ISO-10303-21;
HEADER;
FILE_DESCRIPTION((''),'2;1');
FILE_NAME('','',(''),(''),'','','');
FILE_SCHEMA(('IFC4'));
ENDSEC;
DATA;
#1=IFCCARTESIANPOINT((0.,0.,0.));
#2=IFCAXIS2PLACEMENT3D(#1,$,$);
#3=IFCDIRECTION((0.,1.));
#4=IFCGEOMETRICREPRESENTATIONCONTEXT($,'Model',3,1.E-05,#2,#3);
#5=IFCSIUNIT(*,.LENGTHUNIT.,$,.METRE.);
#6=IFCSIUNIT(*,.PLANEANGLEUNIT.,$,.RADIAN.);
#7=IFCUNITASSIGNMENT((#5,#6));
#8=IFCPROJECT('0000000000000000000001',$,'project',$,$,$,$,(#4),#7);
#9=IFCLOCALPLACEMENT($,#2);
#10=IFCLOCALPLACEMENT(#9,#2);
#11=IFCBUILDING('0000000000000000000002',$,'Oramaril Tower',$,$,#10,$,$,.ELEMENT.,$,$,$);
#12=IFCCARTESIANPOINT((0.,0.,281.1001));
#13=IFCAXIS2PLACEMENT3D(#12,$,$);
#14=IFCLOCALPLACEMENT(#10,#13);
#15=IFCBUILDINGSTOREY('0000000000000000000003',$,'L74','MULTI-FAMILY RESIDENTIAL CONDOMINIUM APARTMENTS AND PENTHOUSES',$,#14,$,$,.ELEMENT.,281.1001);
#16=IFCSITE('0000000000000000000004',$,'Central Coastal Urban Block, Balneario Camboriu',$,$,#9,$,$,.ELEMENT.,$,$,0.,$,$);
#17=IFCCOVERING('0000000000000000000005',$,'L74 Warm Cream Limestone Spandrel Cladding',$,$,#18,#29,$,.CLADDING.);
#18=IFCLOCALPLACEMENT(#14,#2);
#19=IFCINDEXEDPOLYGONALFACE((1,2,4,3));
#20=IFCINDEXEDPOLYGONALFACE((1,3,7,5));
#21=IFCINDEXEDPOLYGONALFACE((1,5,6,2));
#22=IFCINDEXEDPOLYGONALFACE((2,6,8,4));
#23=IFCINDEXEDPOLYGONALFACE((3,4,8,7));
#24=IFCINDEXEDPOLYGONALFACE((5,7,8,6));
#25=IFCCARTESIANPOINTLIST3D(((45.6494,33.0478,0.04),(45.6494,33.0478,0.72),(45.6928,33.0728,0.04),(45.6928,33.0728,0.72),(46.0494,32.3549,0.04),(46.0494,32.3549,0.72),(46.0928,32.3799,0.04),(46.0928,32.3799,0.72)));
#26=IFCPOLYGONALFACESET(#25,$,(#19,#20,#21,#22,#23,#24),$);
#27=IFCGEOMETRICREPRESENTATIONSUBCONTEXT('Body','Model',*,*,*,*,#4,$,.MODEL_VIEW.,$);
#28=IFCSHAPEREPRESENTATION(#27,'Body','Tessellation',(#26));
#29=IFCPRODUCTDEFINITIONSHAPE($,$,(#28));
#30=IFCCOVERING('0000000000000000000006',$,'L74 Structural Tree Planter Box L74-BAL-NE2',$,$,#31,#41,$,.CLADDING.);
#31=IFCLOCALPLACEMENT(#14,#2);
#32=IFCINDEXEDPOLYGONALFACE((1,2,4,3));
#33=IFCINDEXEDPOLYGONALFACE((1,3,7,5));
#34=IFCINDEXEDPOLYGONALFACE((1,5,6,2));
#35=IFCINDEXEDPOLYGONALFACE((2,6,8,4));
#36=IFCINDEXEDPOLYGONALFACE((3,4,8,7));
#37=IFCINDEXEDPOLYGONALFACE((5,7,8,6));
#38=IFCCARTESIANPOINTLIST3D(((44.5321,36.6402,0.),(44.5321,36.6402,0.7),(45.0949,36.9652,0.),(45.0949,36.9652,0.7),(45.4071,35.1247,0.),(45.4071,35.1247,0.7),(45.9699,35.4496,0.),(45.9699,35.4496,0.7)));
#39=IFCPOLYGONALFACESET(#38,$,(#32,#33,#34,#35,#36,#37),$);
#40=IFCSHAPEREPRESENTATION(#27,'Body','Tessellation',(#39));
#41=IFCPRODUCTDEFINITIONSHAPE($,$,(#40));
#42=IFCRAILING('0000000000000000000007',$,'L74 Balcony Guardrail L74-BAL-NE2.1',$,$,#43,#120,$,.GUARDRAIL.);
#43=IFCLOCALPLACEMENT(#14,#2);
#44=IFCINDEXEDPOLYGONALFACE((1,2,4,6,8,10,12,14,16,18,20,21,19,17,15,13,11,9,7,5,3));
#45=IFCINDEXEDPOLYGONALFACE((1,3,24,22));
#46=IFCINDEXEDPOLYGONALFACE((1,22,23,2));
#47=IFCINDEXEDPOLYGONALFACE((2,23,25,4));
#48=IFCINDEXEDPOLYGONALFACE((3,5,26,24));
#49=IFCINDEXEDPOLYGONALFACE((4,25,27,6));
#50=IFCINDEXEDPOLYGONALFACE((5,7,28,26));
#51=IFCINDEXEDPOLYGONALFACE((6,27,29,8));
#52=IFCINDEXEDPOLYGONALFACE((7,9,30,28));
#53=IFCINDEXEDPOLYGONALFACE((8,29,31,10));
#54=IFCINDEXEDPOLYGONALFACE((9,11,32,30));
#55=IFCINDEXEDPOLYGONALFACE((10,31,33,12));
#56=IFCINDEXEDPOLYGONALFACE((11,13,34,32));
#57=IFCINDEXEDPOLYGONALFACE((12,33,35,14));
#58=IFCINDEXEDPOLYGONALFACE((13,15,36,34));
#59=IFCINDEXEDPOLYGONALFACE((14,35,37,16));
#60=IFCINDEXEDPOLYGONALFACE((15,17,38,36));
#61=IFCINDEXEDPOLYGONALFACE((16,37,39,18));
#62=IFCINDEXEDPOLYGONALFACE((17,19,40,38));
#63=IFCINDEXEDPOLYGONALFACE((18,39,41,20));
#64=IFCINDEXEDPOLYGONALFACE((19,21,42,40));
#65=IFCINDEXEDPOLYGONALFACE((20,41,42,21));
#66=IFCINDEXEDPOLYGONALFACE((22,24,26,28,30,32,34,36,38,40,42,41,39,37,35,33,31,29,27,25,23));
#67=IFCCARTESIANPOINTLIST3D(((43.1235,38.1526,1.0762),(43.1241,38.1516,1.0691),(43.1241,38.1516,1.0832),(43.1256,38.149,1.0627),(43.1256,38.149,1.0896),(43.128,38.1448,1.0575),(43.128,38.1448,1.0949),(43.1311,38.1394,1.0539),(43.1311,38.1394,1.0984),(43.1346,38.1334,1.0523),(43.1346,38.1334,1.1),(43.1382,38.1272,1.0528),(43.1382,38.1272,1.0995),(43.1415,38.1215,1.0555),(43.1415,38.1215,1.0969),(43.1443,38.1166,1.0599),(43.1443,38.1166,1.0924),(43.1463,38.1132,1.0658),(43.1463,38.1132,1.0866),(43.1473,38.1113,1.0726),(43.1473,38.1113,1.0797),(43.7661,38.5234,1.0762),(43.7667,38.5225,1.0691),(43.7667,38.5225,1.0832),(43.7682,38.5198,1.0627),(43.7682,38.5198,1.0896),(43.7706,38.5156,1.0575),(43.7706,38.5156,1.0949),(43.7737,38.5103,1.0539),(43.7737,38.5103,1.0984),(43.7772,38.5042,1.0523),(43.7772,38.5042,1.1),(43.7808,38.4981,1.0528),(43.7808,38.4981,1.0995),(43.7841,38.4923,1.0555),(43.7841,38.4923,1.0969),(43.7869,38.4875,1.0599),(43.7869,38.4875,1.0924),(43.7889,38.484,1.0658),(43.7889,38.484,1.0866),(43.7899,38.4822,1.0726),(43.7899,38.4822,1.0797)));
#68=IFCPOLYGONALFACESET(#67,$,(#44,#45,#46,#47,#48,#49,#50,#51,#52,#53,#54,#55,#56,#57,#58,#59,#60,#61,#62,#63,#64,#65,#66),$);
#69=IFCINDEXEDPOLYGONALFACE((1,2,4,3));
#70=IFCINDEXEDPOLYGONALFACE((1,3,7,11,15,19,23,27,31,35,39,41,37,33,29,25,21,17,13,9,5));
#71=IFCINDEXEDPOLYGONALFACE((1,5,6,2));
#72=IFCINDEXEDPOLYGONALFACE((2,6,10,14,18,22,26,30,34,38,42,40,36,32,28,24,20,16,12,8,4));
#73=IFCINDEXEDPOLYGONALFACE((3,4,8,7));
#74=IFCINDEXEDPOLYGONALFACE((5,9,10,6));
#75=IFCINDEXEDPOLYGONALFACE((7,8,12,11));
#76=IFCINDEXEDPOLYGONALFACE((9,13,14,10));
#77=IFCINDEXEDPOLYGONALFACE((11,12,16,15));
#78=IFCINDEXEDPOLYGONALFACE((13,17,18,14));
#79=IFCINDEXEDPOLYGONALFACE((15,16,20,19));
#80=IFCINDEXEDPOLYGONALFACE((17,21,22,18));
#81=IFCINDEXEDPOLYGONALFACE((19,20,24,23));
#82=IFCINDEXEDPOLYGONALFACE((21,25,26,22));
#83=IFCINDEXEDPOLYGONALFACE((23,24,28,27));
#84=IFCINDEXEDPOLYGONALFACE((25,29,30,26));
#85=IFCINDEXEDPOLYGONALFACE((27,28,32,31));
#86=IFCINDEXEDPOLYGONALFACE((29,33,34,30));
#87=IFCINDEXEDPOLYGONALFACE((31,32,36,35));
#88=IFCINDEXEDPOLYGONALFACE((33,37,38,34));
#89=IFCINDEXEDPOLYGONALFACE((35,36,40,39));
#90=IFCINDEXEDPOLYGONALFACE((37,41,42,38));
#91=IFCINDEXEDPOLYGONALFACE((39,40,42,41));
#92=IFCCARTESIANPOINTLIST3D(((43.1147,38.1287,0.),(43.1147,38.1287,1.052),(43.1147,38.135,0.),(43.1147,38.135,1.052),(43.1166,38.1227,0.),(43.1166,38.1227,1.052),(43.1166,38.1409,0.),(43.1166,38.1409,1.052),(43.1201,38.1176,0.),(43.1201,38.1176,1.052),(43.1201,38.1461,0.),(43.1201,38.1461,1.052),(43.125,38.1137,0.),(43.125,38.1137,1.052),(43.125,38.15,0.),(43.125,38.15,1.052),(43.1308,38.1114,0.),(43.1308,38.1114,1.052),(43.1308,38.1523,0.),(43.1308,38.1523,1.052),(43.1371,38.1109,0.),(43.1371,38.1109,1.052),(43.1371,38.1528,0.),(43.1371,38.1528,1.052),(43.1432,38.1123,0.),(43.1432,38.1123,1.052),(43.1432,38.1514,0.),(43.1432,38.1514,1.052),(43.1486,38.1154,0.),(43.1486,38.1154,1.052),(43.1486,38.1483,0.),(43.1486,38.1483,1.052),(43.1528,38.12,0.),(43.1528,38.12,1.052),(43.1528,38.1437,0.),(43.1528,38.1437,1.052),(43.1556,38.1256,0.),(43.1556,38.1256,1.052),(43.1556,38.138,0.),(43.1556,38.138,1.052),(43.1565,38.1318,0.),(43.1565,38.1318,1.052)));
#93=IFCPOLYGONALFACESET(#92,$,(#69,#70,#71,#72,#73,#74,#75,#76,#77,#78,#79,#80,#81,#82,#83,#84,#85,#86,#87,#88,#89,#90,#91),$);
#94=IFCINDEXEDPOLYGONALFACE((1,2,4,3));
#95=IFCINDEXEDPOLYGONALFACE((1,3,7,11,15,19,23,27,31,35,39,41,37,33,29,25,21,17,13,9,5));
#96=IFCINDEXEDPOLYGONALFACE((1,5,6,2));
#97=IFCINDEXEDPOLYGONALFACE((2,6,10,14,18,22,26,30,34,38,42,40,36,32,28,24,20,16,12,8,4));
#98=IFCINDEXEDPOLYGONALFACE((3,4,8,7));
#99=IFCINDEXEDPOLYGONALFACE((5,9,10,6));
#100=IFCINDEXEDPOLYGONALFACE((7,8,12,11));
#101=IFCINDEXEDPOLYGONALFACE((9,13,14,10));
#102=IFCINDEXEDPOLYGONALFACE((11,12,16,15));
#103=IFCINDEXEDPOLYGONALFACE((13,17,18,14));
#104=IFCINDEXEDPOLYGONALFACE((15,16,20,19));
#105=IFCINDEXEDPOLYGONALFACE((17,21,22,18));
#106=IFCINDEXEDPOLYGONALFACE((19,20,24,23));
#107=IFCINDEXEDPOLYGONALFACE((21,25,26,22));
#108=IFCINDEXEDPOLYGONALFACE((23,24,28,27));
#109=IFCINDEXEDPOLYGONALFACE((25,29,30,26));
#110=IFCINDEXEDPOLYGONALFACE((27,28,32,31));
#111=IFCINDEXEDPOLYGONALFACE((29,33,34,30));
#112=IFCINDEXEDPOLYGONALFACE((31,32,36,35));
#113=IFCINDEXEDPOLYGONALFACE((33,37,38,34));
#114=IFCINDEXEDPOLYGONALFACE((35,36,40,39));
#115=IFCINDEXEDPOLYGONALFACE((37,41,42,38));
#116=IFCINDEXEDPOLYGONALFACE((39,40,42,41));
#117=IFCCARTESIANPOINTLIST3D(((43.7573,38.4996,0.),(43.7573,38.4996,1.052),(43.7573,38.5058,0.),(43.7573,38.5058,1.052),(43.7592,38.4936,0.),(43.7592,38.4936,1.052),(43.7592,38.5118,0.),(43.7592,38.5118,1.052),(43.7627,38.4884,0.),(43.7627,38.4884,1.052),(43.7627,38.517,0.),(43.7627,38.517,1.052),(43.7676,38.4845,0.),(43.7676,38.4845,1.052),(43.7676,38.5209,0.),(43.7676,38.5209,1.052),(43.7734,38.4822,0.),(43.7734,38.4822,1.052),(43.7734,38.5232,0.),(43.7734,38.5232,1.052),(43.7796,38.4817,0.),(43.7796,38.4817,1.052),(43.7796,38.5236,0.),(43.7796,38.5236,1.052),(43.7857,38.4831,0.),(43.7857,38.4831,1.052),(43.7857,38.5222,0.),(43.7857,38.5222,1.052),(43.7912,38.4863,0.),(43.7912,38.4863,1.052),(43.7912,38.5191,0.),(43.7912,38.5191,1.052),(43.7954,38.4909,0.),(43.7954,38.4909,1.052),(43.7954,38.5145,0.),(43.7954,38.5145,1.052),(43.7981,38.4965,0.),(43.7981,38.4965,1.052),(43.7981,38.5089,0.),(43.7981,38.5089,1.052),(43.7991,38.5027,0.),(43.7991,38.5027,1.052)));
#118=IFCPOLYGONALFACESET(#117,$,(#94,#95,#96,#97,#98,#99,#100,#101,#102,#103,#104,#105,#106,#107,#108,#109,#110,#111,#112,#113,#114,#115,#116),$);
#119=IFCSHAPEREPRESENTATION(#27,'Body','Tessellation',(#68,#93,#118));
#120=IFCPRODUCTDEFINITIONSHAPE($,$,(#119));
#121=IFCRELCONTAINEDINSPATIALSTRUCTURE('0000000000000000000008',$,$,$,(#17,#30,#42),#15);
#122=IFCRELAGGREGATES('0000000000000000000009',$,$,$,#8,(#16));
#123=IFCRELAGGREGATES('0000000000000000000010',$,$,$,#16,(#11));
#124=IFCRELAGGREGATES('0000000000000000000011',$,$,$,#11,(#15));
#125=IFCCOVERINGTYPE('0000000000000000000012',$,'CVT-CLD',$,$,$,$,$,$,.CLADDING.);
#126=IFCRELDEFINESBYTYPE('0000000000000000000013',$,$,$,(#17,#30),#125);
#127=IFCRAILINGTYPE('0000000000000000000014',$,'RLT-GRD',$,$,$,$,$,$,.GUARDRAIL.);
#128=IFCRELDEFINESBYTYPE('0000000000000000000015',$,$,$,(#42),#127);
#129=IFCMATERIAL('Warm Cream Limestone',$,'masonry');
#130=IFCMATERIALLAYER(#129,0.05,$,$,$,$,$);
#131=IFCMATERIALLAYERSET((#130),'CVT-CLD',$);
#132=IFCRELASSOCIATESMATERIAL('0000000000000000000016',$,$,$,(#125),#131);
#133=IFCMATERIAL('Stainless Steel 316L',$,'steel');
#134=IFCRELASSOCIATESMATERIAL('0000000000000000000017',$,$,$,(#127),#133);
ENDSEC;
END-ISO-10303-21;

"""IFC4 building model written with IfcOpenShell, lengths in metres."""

from ifc_helpers import new_model, si_unit, direction, frame, origin, origin_2d, place, context, subcontext, project, spatial, rectangle, circle, extrude, material, layer, layer_set, type_object, element, save


model = new_model("IFC4")

# Units and contexts
model_context = context("Model", 3, precision=1e-05, world=origin(), true_north=direction((0.0, 1.0)))
body_context = subcontext(model_context, "Body", "Model", "MODEL_VIEW")
ifc_project = project(units=[si_unit("LENGTHUNIT", "METRE"), si_unit("PLANEANGLEUNIT", "RADIAN")], contexts=[model_context])

# Site, building, storey
site_placement = place(None, origin())
site = spatial("IfcSite", under=ifc_project, at=site_placement, Name="Central Coastal Urban Block, Balneario Camboriu", CompositionType="ELEMENT", RefElevation=0.0)
building_placement = place(site_placement, origin())
building = spatial("IfcBuilding", under=site, at=building_placement, Name="Oramaril Tower", CompositionType="ELEMENT")
storey_placement = place(building_placement, frame((0.0, 0.0, 281.1001)))
storey = spatial("IfcBuildingStorey", under=building, at=storey_placement, Name="L74", Description="MULTI-FAMILY RESIDENTIAL CONDOMINIUM APARTMENTS AND PENTHOUSES", CompositionType="ELEMENT", Elevation=281.1001)

# Coverings
ifc_material_1 = material(Name="Warm Cream Limestone", Category="masonry")
ifc_layer_1 = layer(ifc_material_1, 0.05)
ifc_layer_set_1 = layer_set([ifc_layer_1], Name="CVT-CLD")
covering_type = type_object("IfcCoveringType", Name="CVT-CLD", PredefinedType="CLADDING", material=ifc_layer_set_1)
covering_1_placement = place(storey_placement, frame((45.8711, 32.7139, 0.04), z_axis=(0.0, 0.0, 1.0), x_axis=(-0.5, 0.866025, 0.0)))
element("IfcCovering", 1, at=covering_1_placement, inside=storey, type_object=covering_type, Name="L74 Warm Cream Limestone Spandrel Cladding", PredefinedType="CLADDING", context=body_context, shape_type="SweptSolid", body=[
    extrude(rectangle(XDim=0.8, YDim=0.05, at=origin_2d()), origin(), (0.0, 0.0, 1.0), 0.6799),
])
covering_2_placement = place(storey_placement, frame((45.251, 36.0449, 0.0), z_axis=(0.0, 0.0, 1.0), x_axis=(-0.5, 0.866025, 0.0)))
element("IfcCovering", 2, at=covering_2_placement, inside=storey, type_object=covering_type, Name="L74 Structural Tree Planter Box L74-BAL-NE2", PredefinedType="CLADDING", context=body_context, shape_type="SweptSolid", body=[
    extrude(rectangle(XDim=1.75, YDim=0.6499, at=origin_2d()), origin(), (0.0, 0.0, 1.0), 0.7),
])

# Railing
ifc_material_2 = material(Name="Stainless Steel 316L", Category="steel")
railing_type = type_object("IfcRailingType", Name="RLT-GRD", PredefinedType="GUARDRAIL", material=ifc_material_2)
railing_1_placement = place(storey_placement, frame((43.1355, 38.1318, 0.0)))
element("IfcRailing", 3, at=railing_1_placement, inside=storey, type_object=railing_type, Name="L74 Balcony Guardrail L74-BAL-NE2.1", PredefinedType="GUARDRAIL", context=body_context, shape_type="SweptSolid", body=[
    extrude(circle(Radius=0.0239, at=origin_2d()), frame((0.0, 0.0, 1.0762), z_axis=(0.866109, 0.499855, 0.0), x_axis=(-0.499855, 0.866109, 0.0)), (0.0, 0.0, 1.0), 0.7419),
    extrude(circle(Radius=0.021, at=origin_2d()), origin(), (0.0, 0.0, 1.0), 1.052),
    extrude(circle(Radius=0.021, at=origin_2d()), frame((0.6426, 0.3708, 0.0)), (0.0, 0.0, 1.0), 1.052),
])

save(model, "model.ifc")
